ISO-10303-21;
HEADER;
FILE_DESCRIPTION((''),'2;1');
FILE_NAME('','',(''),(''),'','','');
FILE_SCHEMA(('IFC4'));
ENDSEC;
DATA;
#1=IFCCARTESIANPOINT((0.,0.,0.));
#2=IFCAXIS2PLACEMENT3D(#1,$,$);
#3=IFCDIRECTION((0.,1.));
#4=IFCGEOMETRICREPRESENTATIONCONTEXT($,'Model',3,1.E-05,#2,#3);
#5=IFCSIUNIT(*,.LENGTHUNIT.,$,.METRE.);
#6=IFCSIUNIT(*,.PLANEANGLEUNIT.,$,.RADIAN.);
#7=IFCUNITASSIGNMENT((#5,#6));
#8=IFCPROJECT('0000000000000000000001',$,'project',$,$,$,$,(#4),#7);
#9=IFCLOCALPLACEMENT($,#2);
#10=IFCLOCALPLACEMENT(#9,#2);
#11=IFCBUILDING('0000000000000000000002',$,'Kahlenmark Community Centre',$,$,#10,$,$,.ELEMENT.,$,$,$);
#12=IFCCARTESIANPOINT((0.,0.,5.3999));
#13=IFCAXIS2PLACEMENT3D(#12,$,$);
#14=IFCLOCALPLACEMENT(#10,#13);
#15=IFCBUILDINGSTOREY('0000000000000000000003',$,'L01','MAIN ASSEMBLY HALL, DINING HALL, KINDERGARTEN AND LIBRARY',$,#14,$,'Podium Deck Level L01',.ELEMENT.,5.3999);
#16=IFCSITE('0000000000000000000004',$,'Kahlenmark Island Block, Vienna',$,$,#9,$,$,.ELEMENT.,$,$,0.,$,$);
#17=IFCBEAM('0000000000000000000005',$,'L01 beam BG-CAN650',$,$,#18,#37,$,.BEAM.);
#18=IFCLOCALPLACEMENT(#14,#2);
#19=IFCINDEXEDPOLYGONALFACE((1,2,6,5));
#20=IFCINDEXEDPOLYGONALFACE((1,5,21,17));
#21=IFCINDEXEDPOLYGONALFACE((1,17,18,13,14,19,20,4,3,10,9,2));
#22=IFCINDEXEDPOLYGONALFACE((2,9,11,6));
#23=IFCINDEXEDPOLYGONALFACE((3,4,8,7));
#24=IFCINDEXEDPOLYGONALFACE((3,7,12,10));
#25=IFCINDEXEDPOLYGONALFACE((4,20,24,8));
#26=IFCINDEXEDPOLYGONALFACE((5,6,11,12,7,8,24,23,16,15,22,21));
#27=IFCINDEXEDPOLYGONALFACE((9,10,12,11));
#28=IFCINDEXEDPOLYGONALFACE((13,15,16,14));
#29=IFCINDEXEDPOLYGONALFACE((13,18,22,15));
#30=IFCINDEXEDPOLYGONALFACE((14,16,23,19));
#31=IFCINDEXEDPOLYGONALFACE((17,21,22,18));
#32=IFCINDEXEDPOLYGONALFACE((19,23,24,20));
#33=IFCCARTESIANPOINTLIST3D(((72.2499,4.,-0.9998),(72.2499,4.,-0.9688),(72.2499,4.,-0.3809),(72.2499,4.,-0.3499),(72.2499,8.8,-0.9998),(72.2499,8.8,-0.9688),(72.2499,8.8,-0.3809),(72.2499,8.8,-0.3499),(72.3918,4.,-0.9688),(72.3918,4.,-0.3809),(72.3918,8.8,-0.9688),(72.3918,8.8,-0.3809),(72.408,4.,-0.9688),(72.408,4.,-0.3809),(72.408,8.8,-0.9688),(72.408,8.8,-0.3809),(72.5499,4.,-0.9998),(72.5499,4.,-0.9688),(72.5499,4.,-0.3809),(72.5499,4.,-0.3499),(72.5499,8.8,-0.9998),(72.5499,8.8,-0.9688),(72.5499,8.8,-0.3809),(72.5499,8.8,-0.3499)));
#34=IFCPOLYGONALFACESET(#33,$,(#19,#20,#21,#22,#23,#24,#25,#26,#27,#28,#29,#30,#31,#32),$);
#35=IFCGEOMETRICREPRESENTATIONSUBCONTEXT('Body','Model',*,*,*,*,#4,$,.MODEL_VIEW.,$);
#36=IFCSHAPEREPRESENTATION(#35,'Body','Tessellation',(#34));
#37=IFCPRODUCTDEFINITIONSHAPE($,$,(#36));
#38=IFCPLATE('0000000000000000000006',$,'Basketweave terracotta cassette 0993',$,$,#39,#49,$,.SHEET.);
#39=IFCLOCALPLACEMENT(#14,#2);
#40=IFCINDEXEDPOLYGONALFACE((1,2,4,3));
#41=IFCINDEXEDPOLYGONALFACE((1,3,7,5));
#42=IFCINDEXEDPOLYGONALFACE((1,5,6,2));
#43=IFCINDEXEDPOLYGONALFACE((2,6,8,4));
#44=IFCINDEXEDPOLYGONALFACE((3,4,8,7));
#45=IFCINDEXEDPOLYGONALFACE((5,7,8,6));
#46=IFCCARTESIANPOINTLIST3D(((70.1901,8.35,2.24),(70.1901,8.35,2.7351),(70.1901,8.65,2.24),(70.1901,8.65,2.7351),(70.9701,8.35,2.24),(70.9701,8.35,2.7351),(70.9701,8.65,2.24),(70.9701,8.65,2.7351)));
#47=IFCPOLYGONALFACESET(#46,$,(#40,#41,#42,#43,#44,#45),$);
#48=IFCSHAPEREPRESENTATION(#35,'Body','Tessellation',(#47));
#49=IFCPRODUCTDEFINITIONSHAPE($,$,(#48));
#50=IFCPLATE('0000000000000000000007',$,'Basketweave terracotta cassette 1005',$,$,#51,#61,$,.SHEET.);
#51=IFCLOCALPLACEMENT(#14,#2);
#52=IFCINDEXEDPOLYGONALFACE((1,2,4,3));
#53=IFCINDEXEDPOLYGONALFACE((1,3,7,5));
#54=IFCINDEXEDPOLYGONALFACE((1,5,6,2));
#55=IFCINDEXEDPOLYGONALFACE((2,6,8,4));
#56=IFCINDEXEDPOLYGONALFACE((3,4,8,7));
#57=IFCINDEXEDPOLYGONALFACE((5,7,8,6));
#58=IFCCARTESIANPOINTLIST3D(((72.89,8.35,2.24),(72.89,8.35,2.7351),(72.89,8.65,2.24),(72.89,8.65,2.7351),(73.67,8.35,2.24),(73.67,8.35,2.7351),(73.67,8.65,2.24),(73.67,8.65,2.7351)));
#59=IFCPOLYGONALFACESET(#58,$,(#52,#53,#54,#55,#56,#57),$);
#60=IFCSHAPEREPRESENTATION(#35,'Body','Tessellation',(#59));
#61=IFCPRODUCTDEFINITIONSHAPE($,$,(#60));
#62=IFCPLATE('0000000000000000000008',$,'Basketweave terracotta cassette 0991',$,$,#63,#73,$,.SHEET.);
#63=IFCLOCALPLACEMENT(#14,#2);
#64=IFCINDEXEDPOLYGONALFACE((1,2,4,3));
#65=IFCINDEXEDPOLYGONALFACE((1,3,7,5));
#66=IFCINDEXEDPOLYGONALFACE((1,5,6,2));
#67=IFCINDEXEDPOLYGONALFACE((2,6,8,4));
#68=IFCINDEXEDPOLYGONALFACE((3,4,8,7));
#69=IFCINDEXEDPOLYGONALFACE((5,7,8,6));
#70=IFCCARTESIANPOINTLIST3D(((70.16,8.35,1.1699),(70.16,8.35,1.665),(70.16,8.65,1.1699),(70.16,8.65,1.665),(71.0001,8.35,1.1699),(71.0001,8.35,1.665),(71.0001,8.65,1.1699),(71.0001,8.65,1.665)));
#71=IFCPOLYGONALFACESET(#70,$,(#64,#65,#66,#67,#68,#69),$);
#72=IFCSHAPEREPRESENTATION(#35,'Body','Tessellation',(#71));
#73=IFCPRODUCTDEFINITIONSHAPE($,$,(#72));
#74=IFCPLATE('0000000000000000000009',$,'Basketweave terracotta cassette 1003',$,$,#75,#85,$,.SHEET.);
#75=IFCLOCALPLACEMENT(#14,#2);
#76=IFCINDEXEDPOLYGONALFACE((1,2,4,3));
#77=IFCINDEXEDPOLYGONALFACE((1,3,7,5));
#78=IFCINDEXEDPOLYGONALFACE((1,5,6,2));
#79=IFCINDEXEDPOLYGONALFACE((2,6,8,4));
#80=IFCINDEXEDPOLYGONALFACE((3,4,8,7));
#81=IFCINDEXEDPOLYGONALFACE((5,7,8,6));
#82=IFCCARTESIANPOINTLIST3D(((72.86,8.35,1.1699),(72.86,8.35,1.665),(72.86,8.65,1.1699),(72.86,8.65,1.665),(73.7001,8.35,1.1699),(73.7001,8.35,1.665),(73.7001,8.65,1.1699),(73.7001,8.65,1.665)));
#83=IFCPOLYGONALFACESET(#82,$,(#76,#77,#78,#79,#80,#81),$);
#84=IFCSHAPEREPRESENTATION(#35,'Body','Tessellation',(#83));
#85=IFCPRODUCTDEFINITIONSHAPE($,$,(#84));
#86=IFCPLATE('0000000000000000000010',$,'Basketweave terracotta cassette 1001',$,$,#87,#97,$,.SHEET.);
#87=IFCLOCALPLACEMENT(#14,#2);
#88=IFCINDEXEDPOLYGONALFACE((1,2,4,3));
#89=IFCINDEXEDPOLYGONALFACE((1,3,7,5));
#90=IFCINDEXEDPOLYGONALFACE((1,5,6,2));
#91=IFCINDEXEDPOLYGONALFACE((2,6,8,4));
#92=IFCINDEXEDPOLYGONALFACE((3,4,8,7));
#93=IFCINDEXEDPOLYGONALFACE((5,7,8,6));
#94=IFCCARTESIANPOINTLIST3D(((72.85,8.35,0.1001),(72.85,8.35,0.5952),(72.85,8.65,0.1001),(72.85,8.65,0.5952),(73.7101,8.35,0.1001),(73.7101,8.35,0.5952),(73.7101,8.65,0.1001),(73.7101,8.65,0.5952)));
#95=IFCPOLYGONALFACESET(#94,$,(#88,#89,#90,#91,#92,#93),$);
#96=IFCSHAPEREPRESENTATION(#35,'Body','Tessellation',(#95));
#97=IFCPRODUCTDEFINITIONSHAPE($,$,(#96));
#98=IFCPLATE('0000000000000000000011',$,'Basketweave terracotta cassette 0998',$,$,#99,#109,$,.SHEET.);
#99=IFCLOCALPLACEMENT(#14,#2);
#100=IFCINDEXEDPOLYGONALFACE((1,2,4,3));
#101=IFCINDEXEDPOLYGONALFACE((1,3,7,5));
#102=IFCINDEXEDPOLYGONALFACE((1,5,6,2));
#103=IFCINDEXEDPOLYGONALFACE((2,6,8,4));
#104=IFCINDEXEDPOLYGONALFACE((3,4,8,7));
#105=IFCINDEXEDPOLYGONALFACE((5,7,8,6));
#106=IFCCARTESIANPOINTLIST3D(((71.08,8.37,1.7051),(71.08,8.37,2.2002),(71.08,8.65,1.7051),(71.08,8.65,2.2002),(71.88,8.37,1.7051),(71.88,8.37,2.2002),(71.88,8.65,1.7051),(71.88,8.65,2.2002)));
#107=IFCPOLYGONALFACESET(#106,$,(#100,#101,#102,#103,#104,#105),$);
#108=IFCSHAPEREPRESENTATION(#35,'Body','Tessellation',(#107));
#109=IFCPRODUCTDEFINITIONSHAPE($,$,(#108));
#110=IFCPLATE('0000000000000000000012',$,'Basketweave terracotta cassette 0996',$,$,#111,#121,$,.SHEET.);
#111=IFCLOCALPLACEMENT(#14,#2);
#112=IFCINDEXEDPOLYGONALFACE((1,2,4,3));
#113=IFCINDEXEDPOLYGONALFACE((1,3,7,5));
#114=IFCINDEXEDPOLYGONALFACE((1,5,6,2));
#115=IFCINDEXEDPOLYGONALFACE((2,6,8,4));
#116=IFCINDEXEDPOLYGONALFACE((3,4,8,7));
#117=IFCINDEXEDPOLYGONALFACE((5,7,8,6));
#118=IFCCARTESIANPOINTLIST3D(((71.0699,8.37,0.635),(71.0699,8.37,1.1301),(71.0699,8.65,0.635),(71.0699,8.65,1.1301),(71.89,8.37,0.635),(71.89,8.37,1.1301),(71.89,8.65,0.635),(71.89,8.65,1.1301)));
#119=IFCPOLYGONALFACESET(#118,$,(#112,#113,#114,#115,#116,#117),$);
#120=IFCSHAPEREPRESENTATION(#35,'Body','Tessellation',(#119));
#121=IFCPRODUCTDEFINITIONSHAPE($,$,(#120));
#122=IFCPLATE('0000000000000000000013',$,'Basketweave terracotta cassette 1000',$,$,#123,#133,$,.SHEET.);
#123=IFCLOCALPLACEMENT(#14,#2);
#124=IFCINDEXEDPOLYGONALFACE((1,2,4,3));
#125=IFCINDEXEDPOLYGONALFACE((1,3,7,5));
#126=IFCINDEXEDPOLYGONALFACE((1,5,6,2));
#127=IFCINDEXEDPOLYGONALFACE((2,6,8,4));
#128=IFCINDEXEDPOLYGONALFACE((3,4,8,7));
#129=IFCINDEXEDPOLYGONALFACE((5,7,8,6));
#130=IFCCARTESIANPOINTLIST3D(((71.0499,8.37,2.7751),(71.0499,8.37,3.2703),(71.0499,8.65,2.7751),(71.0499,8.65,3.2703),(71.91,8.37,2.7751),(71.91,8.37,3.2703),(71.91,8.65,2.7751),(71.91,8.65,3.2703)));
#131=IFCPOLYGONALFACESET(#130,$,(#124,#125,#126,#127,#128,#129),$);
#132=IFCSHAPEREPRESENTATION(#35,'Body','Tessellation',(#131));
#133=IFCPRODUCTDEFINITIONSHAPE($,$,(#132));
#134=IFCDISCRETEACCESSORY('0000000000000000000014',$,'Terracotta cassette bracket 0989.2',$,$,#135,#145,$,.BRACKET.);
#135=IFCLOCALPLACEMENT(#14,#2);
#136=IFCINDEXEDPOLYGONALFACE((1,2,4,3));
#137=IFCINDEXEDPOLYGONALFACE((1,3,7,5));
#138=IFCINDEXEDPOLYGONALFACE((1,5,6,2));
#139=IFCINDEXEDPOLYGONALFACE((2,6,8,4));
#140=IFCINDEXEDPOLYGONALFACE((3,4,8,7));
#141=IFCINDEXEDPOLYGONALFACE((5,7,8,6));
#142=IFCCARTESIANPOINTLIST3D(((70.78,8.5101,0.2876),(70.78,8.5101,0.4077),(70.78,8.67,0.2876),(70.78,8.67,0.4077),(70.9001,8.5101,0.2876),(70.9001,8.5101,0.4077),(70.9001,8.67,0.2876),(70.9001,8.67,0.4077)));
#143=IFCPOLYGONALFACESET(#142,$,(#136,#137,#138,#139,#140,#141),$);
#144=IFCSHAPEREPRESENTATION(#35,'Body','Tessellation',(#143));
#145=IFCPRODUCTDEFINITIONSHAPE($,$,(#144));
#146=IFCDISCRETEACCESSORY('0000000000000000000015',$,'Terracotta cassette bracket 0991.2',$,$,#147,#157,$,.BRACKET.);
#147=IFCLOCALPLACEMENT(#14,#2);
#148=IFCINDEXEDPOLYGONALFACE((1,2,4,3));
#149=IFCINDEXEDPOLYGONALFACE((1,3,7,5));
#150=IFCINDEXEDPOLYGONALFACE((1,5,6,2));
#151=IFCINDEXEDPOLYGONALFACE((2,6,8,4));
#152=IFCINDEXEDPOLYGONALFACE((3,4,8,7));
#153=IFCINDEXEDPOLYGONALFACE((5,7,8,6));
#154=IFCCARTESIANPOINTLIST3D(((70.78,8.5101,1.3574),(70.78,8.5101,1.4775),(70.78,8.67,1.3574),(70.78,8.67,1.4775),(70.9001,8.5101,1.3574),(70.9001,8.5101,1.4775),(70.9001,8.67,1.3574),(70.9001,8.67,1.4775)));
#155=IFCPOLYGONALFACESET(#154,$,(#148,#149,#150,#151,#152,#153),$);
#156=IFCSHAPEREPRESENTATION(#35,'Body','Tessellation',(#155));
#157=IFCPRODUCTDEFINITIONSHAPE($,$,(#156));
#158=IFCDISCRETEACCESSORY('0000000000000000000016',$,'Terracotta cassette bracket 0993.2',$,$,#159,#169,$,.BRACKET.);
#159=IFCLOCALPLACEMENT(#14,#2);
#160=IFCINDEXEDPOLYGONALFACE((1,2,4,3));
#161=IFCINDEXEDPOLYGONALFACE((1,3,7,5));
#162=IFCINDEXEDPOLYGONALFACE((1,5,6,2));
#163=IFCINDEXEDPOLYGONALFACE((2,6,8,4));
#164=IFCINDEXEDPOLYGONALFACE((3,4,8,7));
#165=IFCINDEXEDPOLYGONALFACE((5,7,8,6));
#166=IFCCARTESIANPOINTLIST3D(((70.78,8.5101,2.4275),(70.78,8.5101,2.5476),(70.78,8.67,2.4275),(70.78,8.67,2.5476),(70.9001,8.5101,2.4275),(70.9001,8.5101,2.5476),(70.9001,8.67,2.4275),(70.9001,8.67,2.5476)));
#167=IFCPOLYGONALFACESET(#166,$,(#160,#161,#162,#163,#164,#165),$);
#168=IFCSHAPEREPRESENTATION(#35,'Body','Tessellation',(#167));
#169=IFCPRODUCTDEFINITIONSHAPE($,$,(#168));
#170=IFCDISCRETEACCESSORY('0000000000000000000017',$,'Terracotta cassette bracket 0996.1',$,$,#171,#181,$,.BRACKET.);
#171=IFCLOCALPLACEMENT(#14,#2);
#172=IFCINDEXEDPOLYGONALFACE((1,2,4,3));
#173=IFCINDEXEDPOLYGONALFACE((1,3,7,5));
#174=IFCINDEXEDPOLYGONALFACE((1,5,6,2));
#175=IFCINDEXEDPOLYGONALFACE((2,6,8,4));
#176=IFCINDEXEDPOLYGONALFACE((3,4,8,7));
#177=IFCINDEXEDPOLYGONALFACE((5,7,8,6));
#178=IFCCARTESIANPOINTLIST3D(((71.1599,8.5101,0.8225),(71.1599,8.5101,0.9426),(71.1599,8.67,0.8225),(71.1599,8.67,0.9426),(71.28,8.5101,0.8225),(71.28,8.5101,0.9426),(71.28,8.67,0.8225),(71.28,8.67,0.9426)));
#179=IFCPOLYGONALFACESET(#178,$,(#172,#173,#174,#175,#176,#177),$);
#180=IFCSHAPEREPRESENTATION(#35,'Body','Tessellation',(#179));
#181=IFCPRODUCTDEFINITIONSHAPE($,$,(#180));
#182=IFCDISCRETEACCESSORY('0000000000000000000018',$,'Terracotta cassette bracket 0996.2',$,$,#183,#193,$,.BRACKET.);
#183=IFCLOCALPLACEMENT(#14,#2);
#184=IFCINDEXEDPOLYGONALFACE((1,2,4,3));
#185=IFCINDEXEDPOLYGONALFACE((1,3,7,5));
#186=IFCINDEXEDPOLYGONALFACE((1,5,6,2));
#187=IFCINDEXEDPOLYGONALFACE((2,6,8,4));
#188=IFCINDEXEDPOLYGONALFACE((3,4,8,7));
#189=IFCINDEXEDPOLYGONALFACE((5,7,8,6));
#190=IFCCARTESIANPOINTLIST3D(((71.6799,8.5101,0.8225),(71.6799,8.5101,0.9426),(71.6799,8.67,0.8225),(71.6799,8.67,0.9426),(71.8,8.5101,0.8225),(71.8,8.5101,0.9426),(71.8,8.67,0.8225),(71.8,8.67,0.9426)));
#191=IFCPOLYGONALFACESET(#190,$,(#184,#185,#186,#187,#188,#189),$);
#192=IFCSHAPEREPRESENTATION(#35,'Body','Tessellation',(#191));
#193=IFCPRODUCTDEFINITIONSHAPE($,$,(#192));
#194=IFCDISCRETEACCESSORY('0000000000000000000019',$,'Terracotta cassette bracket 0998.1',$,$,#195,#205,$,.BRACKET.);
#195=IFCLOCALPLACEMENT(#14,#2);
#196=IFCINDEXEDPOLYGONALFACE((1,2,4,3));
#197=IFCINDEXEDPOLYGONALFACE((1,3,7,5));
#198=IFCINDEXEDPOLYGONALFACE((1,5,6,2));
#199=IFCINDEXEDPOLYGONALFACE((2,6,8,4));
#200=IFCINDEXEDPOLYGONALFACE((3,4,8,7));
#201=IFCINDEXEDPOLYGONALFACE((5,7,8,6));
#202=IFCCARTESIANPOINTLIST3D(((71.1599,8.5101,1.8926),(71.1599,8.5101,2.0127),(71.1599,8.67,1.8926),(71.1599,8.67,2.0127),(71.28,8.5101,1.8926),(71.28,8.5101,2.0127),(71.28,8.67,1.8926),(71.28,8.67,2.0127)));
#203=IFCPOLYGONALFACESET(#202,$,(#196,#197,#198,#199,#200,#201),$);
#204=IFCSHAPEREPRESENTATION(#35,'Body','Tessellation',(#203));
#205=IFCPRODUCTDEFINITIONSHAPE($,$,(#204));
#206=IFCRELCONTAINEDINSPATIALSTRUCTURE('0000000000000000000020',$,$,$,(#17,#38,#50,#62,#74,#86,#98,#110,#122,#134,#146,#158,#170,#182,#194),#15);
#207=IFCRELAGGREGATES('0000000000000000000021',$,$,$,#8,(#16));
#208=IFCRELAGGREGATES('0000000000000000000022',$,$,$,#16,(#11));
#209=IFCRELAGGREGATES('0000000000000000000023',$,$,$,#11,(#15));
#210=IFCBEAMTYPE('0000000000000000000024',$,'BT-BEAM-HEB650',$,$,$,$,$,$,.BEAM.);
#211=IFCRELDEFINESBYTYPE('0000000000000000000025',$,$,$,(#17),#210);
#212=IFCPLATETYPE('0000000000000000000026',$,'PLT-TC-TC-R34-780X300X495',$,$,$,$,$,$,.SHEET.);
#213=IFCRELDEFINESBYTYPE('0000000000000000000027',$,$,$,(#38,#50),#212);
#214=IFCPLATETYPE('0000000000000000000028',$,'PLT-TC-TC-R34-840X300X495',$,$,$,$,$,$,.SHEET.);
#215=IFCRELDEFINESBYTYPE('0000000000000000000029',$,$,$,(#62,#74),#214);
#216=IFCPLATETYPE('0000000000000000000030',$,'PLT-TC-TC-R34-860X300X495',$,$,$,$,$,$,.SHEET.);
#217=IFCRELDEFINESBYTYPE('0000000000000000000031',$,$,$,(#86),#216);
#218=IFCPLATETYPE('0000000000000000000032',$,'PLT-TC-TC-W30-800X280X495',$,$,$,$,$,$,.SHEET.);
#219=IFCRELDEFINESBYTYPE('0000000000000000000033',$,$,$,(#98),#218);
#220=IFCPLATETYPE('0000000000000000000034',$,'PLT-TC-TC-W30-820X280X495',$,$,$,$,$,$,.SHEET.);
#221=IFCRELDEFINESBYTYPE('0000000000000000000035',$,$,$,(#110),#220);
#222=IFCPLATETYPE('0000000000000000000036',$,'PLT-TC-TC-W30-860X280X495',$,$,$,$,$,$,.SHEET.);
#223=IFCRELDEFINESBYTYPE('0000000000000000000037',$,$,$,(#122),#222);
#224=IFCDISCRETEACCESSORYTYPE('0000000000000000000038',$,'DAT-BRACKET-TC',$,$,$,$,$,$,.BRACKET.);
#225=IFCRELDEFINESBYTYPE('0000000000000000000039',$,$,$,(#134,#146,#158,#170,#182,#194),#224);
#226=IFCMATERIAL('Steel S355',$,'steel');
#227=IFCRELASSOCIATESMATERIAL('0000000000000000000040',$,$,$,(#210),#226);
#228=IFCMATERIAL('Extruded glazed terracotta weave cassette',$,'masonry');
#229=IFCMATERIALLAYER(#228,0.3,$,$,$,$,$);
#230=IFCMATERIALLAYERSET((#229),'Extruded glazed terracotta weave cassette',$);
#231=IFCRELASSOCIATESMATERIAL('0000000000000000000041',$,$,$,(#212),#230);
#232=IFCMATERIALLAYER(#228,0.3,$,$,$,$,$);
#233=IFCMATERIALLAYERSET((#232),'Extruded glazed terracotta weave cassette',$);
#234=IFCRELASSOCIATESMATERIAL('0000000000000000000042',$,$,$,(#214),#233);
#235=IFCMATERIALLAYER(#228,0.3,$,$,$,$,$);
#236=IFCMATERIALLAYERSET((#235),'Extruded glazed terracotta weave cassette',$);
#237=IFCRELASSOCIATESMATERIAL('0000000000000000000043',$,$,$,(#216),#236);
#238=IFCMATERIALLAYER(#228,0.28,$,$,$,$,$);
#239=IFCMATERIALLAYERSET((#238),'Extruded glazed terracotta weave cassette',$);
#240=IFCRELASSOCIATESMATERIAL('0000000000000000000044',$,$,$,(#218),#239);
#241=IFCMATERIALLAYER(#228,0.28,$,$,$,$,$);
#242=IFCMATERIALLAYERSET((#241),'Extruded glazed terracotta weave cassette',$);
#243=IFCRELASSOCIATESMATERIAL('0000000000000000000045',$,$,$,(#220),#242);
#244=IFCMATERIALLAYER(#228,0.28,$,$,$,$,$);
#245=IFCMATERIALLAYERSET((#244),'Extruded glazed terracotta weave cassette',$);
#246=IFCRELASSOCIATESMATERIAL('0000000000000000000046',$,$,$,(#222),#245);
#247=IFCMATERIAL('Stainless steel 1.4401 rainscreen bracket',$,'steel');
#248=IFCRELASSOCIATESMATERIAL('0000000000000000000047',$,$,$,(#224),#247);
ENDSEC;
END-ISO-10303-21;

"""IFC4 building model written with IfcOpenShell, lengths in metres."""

from ifc_helpers import new_model, si_unit, direction, frame, origin, origin_2d, place, context, subcontext, project, spatial, rectangle, i_section, extrude, material, layer, layer_set, material_profile, profile_set, type_object, element, save


model = new_model("IFC4")

# Units and contexts
model_context = context("Model", 3, precision=1e-05, world=origin(), true_north=direction((0.0, 1.0)))
body_context = subcontext(model_context, "Body", "Model", "MODEL_VIEW")
ifc_project = project(units=[si_unit("LENGTHUNIT", "METRE"), si_unit("PLANEANGLEUNIT", "RADIAN")], contexts=[model_context])

# Site, building, storey
site_placement = place(None, origin())
site = spatial("IfcSite", under=ifc_project, at=site_placement, Name="Kahlenmark Island Block, Vienna", CompositionType="ELEMENT", RefElevation=0.0)
building_placement = place(site_placement, origin())
building = spatial("IfcBuilding", under=site, at=building_placement, Name="Kahlenmark Community Centre", CompositionType="ELEMENT")
storey_placement = place(building_placement, frame((0.0, 0.0, 5.3999)))
storey = spatial("IfcBuildingStorey", under=building, at=storey_placement, Name="L01", Description="MAIN ASSEMBLY HALL, DINING HALL, KINDERGARTEN AND LIBRARY", LongName="Podium Deck Level L01", CompositionType="ELEMENT", Elevation=5.3999)

# Beam
ifc_material_1 = material(Name="Steel S355", Category="steel")
ifc_material_profile = material_profile(ifc_material_1, i_section(OverallWidth=0.3, OverallDepth=0.6499, WebThickness=0.0161, FlangeThickness=0.031, at=origin_2d()), Name="HEB 650")
ifc_profile_set = profile_set([ifc_material_profile], Name="Steel S355")
beam_type = type_object("IfcBeamType", Name="BT-BEAM-HEB650", PredefinedType="BEAM", material=ifc_profile_set)
beam_placement = place(storey_placement, frame((72.3999, 4.0, -0.6748), z_axis=(0.0, 1.0, 0.0), x_axis=(-1.0, 0.0, 0.0)))
element("IfcBeam", 1, at=beam_placement, inside=storey, type_object=beam_type, Name="L01 beam BG-CAN650", PredefinedType="BEAM", context=body_context, shape_type="SweptSolid", body=[
    extrude(i_section(OverallWidth=0.3, OverallDepth=0.6499, WebThickness=0.0161, FlangeThickness=0.031, at=origin_2d()), origin(), (0.0, 0.0, 1.0), 4.8),
])

# Plates
ifc_material_2 = material(Name="Extruded glazed terracotta weave cassette", Category="masonry")
ifc_layer_1 = layer(ifc_material_2, 0.3)
ifc_layer_set_1 = layer_set([ifc_layer_1], Name="Extruded glazed terracotta weave cassette")
plate_type_1 = type_object("IfcPlateType", Name="PLT-TC-TC-R34-780X300X495", PredefinedType="SHEET", material=ifc_layer_set_1)
for number, where, z_axis, x_axis, name in (
    (2, (70.5801, 8.5, 2.24), (0.0, 0.0, 1.0), (1.0, 0.0, 0.0), "Basketweave terracotta cassette 0993"),
    (3, (73.28, 8.5, 2.24), (0.0, 0.0, 1.0), (1.0, 0.0, 0.0), "Basketweave terracotta cassette 1005"),
):
    element("IfcPlate", number, at=place(storey_placement, frame(where, z_axis=z_axis, x_axis=x_axis)), inside=storey, type_object=plate_type_1, Name=name, PredefinedType="SHEET", context=body_context, shape_type="SweptSolid", body=[
        extrude(rectangle(XDim=0.78, YDim=0.3, at=origin_2d()), origin(), (0.0, 0.0, 1.0), 0.4951),
    ])
ifc_layer_2 = layer(ifc_material_2, 0.3)
ifc_layer_set_2 = layer_set([ifc_layer_2], Name="Extruded glazed terracotta weave cassette")
plate_type_2 = type_object("IfcPlateType", Name="PLT-TC-TC-R34-840X300X495", PredefinedType="SHEET", material=ifc_layer_set_2)
for number, where, z_axis, x_axis, name in (
    (4, (70.5801, 8.5, 1.1699), (0.0, 0.0, 1.0), (1.0, 0.0, 0.0), "Basketweave terracotta cassette 0991"),
    (5, (73.28, 8.5, 1.1699), (0.0, 0.0, 1.0), (1.0, 0.0, 0.0), "Basketweave terracotta cassette 1003"),
):
    element("IfcPlate", number, at=place(storey_placement, frame(where, z_axis=z_axis, x_axis=x_axis)), inside=storey, type_object=plate_type_2, Name=name, PredefinedType="SHEET", context=body_context, shape_type="SweptSolid", body=[
        extrude(rectangle(XDim=0.8401, YDim=0.3, at=origin_2d()), origin(), (0.0, 0.0, 1.0), 0.4951),
    ])
ifc_layer_3 = layer(ifc_material_2, 0.3)
ifc_layer_set_3 = layer_set([ifc_layer_3], Name="Extruded glazed terracotta weave cassette")
plate_type_3 = type_object("IfcPlateType", Name="PLT-TC-TC-R34-860X300X495", PredefinedType="SHEET", material=ifc_layer_set_3)
plate_1_placement = place(storey_placement, frame((73.28, 8.5, 0.1001), z_axis=(0.0, 0.0, 1.0), x_axis=(1.0, 0.0, 0.0)))
element("IfcPlate", 6, at=plate_1_placement, inside=storey, type_object=plate_type_3, Name="Basketweave terracotta cassette 1001", PredefinedType="SHEET", context=body_context, shape_type="SweptSolid", body=[
    extrude(rectangle(XDim=0.8601, YDim=0.3, at=origin_2d()), origin(), (0.0, 0.0, 1.0), 0.4951),
])
ifc_layer_4 = layer(ifc_material_2, 0.28)
ifc_layer_set_4 = layer_set([ifc_layer_4], Name="Extruded glazed terracotta weave cassette")
plate_type_4 = type_object("IfcPlateType", Name="PLT-TC-TC-W30-800X280X495", PredefinedType="SHEET", material=ifc_layer_set_4)
plate_2_placement = place(storey_placement, frame((71.48, 8.51, 1.7051), z_axis=(0.0, 0.0, 1.0), x_axis=(1.0, 0.0, 0.0)))
element("IfcPlate", 7, at=plate_2_placement, inside=storey, type_object=plate_type_4, Name="Basketweave terracotta cassette 0998", PredefinedType="SHEET", context=body_context, shape_type="SweptSolid", body=[
    extrude(rectangle(XDim=0.8, YDim=0.28, at=origin_2d()), origin(), (0.0, 0.0, 1.0), 0.4951),
])
ifc_layer_5 = layer(ifc_material_2, 0.28)
ifc_layer_set_5 = layer_set([ifc_layer_5], Name="Extruded glazed terracotta weave cassette")
plate_type_5 = type_object("IfcPlateType", Name="PLT-TC-TC-W30-820X280X495", PredefinedType="SHEET", material=ifc_layer_set_5)
plate_3_placement = place(storey_placement, frame((71.48, 8.51, 0.635), z_axis=(0.0, 0.0, 1.0), x_axis=(1.0, 0.0, 0.0)))
element("IfcPlate", 8, at=plate_3_placement, inside=storey, type_object=plate_type_5, Name="Basketweave terracotta cassette 0996", PredefinedType="SHEET", context=body_context, shape_type="SweptSolid", body=[
    extrude(rectangle(XDim=0.8201, YDim=0.28, at=origin_2d()), origin(), (0.0, 0.0, 1.0), 0.4951),
])
ifc_layer_6 = layer(ifc_material_2, 0.28)
ifc_layer_set_6 = layer_set([ifc_layer_6], Name="Extruded glazed terracotta weave cassette")
plate_type_6 = type_object("IfcPlateType", Name="PLT-TC-TC-W30-860X280X495", PredefinedType="SHEET", material=ifc_layer_set_6)
plate_4_placement = place(storey_placement, frame((71.48, 8.51, 2.7751), z_axis=(0.0, 0.0, 1.0), x_axis=(1.0, 0.0, 0.0)))
element("IfcPlate", 9, at=plate_4_placement, inside=storey, type_object=plate_type_6, Name="Basketweave terracotta cassette 1000", PredefinedType="SHEET", context=body_context, shape_type="SweptSolid", body=[
    extrude(rectangle(XDim=0.8601, YDim=0.28, at=origin_2d()), origin(), (0.0, 0.0, 1.0), 0.4951),
])

# Discrete accessories
ifc_material_3 = material(Name="Stainless steel 1.4401 rainscreen bracket", Category="steel")
discrete_accessory_type = type_object("IfcDiscreteAccessoryType", Name="DAT-BRACKET-TC", PredefinedType="BRACKET", material=ifc_material_3)
for number, where, z_axis, x_axis, name in (
    (10, (70.8401, 8.5901, 0.2876), (0.0, 0.0, 1.0), (1.0, 0.0, 0.0), "Terracotta cassette bracket 0989.2"),
    (11, (70.8401, 8.5901, 1.3574), (0.0, 0.0, 1.0), (1.0, 0.0, 0.0), "Terracotta cassette bracket 0991.2"),
    (12, (70.8401, 8.5901, 2.4275), (0.0, 0.0, 1.0), (1.0, 0.0, 0.0), "Terracotta cassette bracket 0993.2"),
    (13, (71.22, 8.5901, 0.8225), (0.0, 0.0, 1.0), (1.0, 0.0, 0.0), "Terracotta cassette bracket 0996.1"),
    (14, (71.74, 8.5901, 0.8225), (0.0, 0.0, 1.0), (1.0, 0.0, 0.0), "Terracotta cassette bracket 0996.2"),
    (15, (71.22, 8.5901, 1.8926), (0.0, 0.0, 1.0), (1.0, 0.0, 0.0), "Terracotta cassette bracket 0998.1"),
):
    element("IfcDiscreteAccessory", number, at=place(storey_placement, frame(where, z_axis=z_axis, x_axis=x_axis)), inside=storey, type_object=discrete_accessory_type, Name=name, PredefinedType="BRACKET", context=body_context, shape_type="SweptSolid", body=[
        extrude(rectangle(XDim=0.1201, YDim=0.1599, at=origin_2d()), origin(), (0.0, 0.0, 1.0), 0.1201),
    ])

save(model, "model.ifc")
